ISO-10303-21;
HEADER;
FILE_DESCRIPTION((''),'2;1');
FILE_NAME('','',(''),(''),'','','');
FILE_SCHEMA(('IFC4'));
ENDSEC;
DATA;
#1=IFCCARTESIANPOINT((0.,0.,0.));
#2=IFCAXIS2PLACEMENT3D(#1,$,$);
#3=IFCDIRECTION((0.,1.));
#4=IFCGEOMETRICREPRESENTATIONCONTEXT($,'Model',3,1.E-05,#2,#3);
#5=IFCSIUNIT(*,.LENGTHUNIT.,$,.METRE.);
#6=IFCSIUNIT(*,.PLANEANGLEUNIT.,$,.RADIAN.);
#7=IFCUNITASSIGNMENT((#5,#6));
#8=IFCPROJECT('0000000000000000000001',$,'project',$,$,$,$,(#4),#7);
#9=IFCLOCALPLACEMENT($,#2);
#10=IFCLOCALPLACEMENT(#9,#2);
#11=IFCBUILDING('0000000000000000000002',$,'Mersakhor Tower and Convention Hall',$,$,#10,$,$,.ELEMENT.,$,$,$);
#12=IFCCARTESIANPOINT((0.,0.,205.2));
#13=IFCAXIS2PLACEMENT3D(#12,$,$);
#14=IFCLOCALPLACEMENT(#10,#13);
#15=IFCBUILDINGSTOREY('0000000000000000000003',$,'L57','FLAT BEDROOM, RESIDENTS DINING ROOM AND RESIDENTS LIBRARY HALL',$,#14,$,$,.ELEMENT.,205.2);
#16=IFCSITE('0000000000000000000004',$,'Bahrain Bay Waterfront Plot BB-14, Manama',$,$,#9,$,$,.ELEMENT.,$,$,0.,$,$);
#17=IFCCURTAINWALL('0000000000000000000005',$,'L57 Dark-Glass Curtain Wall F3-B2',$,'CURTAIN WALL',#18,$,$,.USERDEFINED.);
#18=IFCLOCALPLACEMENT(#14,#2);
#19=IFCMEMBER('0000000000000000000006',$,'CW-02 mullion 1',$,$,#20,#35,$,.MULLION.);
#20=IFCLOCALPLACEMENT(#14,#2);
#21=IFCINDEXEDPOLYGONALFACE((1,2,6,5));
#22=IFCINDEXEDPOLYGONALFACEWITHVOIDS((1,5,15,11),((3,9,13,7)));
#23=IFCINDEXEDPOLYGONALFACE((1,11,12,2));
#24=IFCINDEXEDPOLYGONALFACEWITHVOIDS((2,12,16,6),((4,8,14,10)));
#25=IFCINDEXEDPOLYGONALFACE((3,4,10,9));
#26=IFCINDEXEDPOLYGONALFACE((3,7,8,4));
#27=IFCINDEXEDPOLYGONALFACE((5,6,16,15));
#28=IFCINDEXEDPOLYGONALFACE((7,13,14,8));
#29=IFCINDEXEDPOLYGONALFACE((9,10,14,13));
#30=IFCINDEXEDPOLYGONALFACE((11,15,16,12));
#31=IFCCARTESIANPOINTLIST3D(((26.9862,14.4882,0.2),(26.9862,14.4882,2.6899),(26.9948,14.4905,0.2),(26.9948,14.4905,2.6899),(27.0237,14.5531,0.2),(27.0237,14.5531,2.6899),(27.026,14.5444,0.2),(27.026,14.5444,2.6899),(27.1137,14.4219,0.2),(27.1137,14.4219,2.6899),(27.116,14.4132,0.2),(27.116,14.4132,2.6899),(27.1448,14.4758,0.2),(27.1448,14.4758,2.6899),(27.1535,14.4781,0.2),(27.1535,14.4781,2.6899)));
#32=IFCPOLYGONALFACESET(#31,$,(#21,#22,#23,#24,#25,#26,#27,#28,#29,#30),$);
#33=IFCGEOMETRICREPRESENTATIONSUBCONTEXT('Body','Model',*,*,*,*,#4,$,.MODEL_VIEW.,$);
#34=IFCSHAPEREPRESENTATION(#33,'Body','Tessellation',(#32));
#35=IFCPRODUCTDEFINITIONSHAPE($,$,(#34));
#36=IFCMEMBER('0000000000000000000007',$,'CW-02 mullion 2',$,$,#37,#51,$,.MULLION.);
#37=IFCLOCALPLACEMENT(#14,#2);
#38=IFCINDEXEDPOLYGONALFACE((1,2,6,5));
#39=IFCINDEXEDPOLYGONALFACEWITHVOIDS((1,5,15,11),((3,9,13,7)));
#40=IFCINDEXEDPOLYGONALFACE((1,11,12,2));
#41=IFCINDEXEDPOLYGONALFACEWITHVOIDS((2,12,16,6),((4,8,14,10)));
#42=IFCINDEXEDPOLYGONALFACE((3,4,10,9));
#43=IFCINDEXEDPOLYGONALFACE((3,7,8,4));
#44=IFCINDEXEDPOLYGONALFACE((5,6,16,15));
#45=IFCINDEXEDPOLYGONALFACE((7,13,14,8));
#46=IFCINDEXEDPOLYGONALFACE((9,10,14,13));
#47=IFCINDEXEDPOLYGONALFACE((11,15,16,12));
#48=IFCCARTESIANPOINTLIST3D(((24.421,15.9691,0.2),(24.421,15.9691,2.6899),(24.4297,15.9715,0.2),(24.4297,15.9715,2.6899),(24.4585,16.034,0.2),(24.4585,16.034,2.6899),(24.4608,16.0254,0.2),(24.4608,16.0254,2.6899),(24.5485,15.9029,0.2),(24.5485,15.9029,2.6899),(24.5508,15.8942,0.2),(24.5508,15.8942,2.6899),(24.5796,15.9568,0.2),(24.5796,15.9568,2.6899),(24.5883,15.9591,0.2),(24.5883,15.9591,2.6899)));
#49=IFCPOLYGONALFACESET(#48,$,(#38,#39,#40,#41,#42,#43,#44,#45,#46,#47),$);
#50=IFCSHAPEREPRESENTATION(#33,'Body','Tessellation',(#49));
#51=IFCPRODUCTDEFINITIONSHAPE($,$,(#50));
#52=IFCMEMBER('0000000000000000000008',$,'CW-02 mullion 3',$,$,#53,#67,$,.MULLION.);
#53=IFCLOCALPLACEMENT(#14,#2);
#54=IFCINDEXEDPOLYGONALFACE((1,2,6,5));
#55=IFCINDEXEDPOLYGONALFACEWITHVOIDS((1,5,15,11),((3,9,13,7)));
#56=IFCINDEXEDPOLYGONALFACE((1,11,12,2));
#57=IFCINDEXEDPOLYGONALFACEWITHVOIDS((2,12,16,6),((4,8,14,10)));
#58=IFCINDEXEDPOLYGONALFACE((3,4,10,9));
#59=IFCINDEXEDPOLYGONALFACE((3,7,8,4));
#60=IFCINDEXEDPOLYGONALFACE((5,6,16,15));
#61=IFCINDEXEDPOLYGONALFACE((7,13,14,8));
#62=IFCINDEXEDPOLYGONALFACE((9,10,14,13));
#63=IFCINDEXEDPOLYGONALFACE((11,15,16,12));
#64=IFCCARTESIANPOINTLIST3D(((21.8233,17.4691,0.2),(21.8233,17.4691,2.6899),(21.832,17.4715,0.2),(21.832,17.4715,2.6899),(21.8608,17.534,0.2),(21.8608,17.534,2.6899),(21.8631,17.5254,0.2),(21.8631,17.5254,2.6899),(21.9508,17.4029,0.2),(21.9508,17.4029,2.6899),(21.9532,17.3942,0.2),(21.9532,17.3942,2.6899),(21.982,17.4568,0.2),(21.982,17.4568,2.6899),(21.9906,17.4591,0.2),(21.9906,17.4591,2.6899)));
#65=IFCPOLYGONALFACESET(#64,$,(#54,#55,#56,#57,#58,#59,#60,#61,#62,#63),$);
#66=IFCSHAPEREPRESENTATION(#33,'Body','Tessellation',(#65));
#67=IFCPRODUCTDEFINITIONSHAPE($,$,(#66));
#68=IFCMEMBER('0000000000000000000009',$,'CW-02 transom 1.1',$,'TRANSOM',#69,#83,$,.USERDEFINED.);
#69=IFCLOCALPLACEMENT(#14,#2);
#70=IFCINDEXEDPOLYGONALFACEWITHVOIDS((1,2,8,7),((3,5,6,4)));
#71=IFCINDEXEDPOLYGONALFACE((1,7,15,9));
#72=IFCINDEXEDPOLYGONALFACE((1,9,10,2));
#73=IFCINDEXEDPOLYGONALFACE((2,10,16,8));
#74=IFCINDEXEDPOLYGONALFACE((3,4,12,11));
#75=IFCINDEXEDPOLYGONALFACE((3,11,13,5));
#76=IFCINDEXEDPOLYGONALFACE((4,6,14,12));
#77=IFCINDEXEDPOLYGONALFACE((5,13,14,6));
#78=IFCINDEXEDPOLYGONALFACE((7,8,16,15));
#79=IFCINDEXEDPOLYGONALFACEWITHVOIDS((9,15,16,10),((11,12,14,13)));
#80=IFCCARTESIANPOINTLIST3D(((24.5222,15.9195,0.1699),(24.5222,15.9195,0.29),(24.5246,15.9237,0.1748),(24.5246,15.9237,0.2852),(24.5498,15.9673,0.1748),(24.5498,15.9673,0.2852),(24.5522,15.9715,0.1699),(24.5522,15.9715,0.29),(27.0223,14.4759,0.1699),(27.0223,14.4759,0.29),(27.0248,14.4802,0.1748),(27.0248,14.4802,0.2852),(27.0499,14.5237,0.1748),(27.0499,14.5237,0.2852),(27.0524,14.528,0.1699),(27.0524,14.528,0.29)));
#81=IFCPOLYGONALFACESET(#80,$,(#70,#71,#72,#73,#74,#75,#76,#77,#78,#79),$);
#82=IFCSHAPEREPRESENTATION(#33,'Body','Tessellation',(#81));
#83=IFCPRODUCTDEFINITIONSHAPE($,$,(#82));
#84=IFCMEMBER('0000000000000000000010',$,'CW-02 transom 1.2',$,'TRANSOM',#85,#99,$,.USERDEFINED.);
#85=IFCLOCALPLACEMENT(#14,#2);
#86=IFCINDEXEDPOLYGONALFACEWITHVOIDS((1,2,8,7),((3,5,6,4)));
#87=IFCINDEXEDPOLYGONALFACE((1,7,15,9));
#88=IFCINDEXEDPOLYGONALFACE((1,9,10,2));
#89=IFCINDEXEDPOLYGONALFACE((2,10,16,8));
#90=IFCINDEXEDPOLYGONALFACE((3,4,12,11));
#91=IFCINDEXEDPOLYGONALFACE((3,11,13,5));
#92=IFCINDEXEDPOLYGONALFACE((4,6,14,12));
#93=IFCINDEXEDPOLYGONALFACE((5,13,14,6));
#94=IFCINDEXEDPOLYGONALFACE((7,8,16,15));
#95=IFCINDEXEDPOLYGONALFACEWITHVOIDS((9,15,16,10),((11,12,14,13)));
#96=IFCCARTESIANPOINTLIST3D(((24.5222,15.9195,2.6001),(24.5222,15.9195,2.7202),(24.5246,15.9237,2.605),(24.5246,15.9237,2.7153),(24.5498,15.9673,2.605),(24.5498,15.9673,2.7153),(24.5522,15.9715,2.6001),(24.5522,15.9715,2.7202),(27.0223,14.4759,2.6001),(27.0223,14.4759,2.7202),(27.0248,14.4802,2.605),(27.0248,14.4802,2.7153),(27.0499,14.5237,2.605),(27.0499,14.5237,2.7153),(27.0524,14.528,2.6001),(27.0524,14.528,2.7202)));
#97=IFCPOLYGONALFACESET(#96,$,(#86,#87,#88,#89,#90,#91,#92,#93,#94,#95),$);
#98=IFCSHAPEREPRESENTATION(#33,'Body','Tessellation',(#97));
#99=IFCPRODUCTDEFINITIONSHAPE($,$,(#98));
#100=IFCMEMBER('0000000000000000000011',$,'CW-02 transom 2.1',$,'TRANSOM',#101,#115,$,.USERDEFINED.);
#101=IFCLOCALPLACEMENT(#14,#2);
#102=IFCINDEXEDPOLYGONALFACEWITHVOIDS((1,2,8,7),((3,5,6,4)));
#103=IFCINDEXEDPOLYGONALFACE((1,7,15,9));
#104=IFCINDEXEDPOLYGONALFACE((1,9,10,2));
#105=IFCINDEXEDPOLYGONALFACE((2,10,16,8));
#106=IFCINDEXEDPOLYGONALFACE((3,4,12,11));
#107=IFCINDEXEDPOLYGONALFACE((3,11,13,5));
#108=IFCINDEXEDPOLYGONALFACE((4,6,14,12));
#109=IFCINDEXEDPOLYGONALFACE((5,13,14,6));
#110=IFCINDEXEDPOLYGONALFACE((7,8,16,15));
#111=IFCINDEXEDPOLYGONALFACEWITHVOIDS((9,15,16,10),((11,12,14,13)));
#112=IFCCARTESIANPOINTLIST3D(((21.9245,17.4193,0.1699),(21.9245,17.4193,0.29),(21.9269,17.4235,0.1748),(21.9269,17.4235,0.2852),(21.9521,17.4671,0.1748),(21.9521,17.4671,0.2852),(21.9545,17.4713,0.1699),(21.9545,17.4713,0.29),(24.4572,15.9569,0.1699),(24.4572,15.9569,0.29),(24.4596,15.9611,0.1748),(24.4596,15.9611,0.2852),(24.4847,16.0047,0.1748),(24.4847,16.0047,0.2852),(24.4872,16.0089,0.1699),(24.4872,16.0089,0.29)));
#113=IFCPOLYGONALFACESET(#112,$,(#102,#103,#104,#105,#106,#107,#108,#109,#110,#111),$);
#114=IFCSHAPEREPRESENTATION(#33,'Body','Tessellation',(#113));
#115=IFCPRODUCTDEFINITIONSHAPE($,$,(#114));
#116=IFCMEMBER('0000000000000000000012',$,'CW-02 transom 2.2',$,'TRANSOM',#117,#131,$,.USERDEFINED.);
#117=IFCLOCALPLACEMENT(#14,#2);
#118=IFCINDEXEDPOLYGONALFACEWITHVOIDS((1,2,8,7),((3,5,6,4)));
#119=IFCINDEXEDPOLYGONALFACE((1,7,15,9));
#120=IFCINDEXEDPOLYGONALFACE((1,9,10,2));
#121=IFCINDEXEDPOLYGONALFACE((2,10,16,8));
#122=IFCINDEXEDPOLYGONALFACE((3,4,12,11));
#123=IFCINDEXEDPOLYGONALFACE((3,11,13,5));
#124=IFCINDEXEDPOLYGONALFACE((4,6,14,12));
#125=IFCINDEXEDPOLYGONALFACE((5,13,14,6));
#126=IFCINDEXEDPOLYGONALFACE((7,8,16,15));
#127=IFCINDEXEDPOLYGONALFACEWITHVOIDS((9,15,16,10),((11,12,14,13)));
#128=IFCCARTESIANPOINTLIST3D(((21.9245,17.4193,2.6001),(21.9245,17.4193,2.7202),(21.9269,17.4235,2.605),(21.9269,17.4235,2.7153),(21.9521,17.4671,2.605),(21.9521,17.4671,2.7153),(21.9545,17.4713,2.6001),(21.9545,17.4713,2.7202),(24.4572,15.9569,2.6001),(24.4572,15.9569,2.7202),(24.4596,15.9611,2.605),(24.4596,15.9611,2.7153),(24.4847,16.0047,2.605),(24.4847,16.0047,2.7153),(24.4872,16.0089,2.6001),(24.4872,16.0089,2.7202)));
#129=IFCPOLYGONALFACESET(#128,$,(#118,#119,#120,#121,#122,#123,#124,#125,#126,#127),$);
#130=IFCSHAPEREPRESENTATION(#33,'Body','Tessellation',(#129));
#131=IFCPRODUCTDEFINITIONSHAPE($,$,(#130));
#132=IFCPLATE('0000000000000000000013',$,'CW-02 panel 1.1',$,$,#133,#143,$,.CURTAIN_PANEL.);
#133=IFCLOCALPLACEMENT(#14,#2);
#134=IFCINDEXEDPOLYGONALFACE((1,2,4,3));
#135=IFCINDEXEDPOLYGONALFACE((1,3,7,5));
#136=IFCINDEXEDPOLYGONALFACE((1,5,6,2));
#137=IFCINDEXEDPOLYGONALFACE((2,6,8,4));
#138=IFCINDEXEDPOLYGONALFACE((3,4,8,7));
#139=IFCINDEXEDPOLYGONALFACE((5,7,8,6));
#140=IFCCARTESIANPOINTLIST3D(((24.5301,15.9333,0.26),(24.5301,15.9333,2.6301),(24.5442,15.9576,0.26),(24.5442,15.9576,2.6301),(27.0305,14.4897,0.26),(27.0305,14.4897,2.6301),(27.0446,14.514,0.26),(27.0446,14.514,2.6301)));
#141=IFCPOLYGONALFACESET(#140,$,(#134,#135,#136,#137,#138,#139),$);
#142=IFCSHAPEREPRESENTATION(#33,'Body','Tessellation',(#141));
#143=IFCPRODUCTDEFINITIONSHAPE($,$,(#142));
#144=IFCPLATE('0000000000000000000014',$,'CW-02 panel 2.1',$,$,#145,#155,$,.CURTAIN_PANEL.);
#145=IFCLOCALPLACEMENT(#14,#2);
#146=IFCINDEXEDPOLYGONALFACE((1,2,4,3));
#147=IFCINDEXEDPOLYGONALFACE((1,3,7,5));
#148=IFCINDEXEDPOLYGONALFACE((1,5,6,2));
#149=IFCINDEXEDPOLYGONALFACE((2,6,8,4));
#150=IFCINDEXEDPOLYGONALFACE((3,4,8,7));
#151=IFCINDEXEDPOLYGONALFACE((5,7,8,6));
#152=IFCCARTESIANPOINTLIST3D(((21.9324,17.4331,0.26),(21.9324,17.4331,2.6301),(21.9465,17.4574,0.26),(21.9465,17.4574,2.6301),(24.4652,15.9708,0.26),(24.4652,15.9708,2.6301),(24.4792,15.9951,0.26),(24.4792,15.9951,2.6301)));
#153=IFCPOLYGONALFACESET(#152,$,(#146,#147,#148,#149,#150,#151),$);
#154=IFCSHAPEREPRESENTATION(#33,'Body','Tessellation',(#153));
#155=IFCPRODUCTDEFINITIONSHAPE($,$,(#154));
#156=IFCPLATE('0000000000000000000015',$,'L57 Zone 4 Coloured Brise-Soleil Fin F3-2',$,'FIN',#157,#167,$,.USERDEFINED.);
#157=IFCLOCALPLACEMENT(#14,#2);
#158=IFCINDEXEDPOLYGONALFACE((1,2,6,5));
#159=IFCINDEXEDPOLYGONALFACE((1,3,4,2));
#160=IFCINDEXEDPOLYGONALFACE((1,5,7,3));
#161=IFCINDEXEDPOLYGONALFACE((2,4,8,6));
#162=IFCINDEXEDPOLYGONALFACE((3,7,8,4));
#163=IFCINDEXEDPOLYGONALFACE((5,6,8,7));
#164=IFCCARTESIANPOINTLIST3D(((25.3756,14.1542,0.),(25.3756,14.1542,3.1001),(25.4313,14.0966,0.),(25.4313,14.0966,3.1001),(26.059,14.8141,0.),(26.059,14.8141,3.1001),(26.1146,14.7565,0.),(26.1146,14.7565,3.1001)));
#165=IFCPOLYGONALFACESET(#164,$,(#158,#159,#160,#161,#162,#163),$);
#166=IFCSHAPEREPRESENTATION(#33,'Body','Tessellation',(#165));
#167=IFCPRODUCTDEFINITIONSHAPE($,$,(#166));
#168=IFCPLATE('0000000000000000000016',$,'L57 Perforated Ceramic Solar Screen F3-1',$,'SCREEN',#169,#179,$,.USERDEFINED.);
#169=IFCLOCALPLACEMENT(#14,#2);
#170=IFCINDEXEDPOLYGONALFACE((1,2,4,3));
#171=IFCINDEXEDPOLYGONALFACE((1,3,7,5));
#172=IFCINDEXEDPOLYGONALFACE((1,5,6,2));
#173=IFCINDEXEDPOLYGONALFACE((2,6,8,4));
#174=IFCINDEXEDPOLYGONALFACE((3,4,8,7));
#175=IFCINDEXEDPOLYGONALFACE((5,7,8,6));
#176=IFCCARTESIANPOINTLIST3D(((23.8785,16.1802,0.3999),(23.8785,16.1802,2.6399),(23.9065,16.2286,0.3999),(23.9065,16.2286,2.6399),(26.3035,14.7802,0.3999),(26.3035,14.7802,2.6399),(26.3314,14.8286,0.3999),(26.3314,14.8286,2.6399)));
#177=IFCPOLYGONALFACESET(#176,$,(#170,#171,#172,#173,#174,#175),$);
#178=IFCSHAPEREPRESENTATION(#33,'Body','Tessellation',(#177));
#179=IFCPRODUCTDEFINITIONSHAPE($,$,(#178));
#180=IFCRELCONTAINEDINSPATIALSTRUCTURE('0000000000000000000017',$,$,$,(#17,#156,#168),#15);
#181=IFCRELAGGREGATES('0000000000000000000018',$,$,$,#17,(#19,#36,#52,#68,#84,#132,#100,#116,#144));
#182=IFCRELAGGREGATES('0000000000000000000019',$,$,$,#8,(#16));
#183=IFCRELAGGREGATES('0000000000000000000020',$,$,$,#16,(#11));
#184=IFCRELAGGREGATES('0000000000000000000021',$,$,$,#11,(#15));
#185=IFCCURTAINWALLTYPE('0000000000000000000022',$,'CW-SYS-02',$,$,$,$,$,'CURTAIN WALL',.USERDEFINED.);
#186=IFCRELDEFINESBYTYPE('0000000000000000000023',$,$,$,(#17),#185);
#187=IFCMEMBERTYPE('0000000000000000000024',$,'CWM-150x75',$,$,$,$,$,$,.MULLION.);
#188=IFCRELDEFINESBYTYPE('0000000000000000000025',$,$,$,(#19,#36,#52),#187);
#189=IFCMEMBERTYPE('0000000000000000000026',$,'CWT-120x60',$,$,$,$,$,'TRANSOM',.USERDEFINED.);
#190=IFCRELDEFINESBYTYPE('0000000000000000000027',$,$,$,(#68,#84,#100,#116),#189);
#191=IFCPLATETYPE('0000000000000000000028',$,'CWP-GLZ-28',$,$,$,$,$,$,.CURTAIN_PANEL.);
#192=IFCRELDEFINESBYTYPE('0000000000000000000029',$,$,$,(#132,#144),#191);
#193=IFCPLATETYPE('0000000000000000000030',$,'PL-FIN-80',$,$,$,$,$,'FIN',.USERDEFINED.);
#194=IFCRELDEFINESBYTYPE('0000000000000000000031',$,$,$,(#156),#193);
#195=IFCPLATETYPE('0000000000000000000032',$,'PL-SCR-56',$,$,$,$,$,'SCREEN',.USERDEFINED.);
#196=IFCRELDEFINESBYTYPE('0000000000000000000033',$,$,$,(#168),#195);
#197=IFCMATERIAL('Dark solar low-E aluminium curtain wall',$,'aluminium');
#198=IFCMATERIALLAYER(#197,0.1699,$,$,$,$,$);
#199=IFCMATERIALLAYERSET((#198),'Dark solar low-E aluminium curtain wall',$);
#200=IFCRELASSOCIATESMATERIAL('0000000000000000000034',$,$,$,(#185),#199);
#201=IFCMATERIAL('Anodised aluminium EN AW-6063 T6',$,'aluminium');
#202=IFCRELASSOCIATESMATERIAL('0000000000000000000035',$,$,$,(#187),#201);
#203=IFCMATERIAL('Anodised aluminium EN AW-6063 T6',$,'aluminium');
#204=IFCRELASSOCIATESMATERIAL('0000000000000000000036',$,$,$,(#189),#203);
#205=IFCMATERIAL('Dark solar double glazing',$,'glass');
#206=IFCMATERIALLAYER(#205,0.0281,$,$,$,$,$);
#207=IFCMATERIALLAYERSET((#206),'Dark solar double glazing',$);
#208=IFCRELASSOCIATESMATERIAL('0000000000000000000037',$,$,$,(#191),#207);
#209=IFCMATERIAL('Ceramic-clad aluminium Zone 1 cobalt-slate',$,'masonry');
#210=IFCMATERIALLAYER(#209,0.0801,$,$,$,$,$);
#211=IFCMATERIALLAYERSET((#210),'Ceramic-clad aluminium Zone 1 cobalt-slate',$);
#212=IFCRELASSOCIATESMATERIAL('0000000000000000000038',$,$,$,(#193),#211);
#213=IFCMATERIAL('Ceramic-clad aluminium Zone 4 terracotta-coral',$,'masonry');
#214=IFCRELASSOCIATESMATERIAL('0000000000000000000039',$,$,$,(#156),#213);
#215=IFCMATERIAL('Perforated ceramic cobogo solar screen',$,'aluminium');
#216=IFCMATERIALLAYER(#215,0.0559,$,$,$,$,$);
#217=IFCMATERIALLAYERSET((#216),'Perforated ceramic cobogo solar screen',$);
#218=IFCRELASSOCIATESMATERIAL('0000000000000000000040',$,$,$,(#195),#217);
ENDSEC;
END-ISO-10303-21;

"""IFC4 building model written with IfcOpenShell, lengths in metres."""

from ifc_helpers import new_model, si_unit, direction, frame, origin, origin_2d, place, context, subcontext, project, spatial, rectangle, hollow_rectangle, extrude, material, layer, layer_set, material_profile, profile_set, type_object, element, aggregate, save


model = new_model("IFC4")

# Units and contexts
model_context = context("Model", 3, precision=1e-05, world=origin(), true_north=direction((0.0, 1.0)))
body_context = subcontext(model_context, "Body", "Model", "MODEL_VIEW")
ifc_project = project(units=[si_unit("LENGTHUNIT", "METRE"), si_unit("PLANEANGLEUNIT", "RADIAN")], contexts=[model_context])

# Site, building, storey
site_placement = place(None, origin())
site = spatial("IfcSite", under=ifc_project, at=site_placement, Name="Bahrain Bay Waterfront Plot BB-14, Manama", CompositionType="ELEMENT", RefElevation=0.0)
building_placement = place(site_placement, origin())
building = spatial("IfcBuilding", under=site, at=building_placement, Name="Mersakhor Tower and Convention Hall", CompositionType="ELEMENT")
storey_placement = place(building_placement, frame((0.0, 0.0, 205.2)))
storey = spatial("IfcBuildingStorey", under=building, at=storey_placement, Name="L57", Description="FLAT BEDROOM, RESIDENTS DINING ROOM AND RESIDENTS LIBRARY HALL", CompositionType="ELEMENT", Elevation=205.2)

# Curtain wall, members, plates
ifc_material_1 = material(Name="Dark solar low-E aluminium curtain wall", Category="aluminium")
ifc_layer_1 = layer(ifc_material_1, 0.1699)
ifc_layer_set_1 = layer_set([ifc_layer_1], Name="Dark solar low-E aluminium curtain wall")
curtain_wall_type = type_object("IfcCurtainWallType", Name="CW-SYS-02", ElementType="CURTAIN WALL", PredefinedType="USERDEFINED", material=ifc_layer_set_1)
curtain_wall_placement = place(storey_placement, origin())
curtain_wall = element("IfcCurtainWall", 1, at=curtain_wall_placement, inside=storey, type_object=curtain_wall_type, Name="L57 Dark-Glass Curtain Wall F3-B2", ObjectType="CURTAIN WALL", PredefinedType="USERDEFINED")
ifc_material_2 = material(Name="Anodised aluminium EN AW-6063 T6", Category="aluminium")
ifc_material_profile_1 = material_profile(ifc_material_2, hollow_rectangle(XDim=0.075, YDim=0.1499, WallThickness=0.0063, at=origin_2d()), Name="RHS 150x75x6.3")
ifc_profile_set_1 = profile_set([ifc_material_profile_1], Name="Anodised aluminium EN AW-6063 T6")
member_type_1 = type_object("IfcMemberType", Name="CWM-150x75", PredefinedType="MULLION", material=ifc_profile_set_1)
member_1_placement = place(storey_placement, frame((27.0698, 14.4832, 0.2), z_axis=(0.0, 0.0, 1.0), x_axis=(-0.500008, -0.866021, 0.0)))
member_1 = element("IfcMember", 2, at=member_1_placement, type_object=member_type_1, Name="CW-02 mullion 1", PredefinedType="MULLION", context=body_context, shape_type="SweptSolid", body=[
    extrude(hollow_rectangle(XDim=0.075, YDim=0.1499, WallThickness=0.0063, at=origin_2d()), origin(), (0.0, 0.0, 1.0), 2.49),
])
member_2_placement = place(storey_placement, frame((24.5046, 15.9641, 0.2), z_axis=(0.0, 0.0, 1.0), x_axis=(-0.500008, -0.866021, 0.0)))
member_2 = element("IfcMember", 3, at=member_2_placement, type_object=member_type_1, Name="CW-02 mullion 2", PredefinedType="MULLION", context=body_context, shape_type="SweptSolid", body=[
    extrude(hollow_rectangle(XDim=0.075, YDim=0.1499, WallThickness=0.0063, at=origin_2d()), origin(), (0.0, 0.0, 1.0), 2.49),
])
member_3_placement = place(storey_placement, frame((21.907, 17.4641, 0.2), z_axis=(0.0, 0.0, 1.0), x_axis=(-0.500008, -0.866021, 0.0)))
member_3 = element("IfcMember", 4, at=member_3_placement, type_object=member_type_1, Name="CW-02 mullion 3", PredefinedType="MULLION", context=body_context, shape_type="SweptSolid", body=[
    extrude(hollow_rectangle(XDim=0.075, YDim=0.1499, WallThickness=0.0063, at=origin_2d()), origin(), (0.0, 0.0, 1.0), 2.49),
])
ifc_material_3 = material(Name="Anodised aluminium EN AW-6063 T6", Category="aluminium")
ifc_material_profile_2 = material_profile(ifc_material_3, hollow_rectangle(XDim=0.0601, YDim=0.1201, WallThickness=0.0049, at=origin_2d()), Name="RHS 120x60x5")
ifc_profile_set_2 = profile_set([ifc_material_profile_2], Name="Anodised aluminium EN AW-6063 T6")
member_type_2 = type_object("IfcMemberType", Name="CWT-120x60", ElementType="TRANSOM", PredefinedType="USERDEFINED", material=ifc_profile_set_2)
member_4_placement = place(storey_placement, frame((27.0374, 14.502, 0.23), z_axis=(-0.866012, 0.500023, 0.0), x_axis=(-0.500023, -0.866012, 0.0)))
member_4 = element("IfcMember", 5, at=member_4_placement, type_object=member_type_2, Name="CW-02 transom 1.1", ObjectType="TRANSOM", PredefinedType="USERDEFINED", context=body_context, shape_type="SweptSolid", body=[
    extrude(hollow_rectangle(XDim=0.0601, YDim=0.1201, WallThickness=0.0049, at=origin_2d()), origin(), (0.0, 0.0, 1.0), 2.887),
])
member_5_placement = place(storey_placement, frame((27.0374, 14.502, 2.6602), z_axis=(-0.866012, 0.500023, 0.0), x_axis=(-0.500023, -0.866012, 0.0)))
member_5 = element("IfcMember", 6, at=member_5_placement, type_object=member_type_2, Name="CW-02 transom 1.2", ObjectType="TRANSOM", PredefinedType="USERDEFINED", context=body_context, shape_type="SweptSolid", body=[
    extrude(hollow_rectangle(XDim=0.0601, YDim=0.1201, WallThickness=0.0049, at=origin_2d()), origin(), (0.0, 0.0, 1.0), 2.887),
])
member_6_placement = place(storey_placement, frame((24.4722, 15.9829, 0.23), z_axis=(-0.866005, 0.500036, 0.0), x_axis=(-0.500036, -0.866005, 0.0)))
member_6 = element("IfcMember", 7, at=member_6_placement, type_object=member_type_2, Name="CW-02 transom 2.1", ObjectType="TRANSOM", PredefinedType="USERDEFINED", context=body_context, shape_type="SweptSolid", body=[
    extrude(hollow_rectangle(XDim=0.0601, YDim=0.1201, WallThickness=0.0049, at=origin_2d()), origin(), (0.0, 0.0, 1.0), 2.9246),
])
member_7_placement = place(storey_placement, frame((24.4722, 15.9829, 2.6602), z_axis=(-0.866005, 0.500036, 0.0), x_axis=(-0.500036, -0.866005, 0.0)))
member_7 = element("IfcMember", 8, at=member_7_placement, type_object=member_type_2, Name="CW-02 transom 2.2", ObjectType="TRANSOM", PredefinedType="USERDEFINED", context=body_context, shape_type="SweptSolid", body=[
    extrude(hollow_rectangle(XDim=0.0601, YDim=0.1201, WallThickness=0.0049, at=origin_2d()), origin(), (0.0, 0.0, 1.0), 2.9246),
])
ifc_material_4 = material(Name="Dark solar double glazing", Category="glass")
ifc_layer_2 = layer(ifc_material_4, 0.0281)
ifc_layer_set_2 = layer_set([ifc_layer_2], Name="Dark solar double glazing")
plate_type_1 = type_object("IfcPlateType", Name="CWP-GLZ-28", PredefinedType="CURTAIN_PANEL", material=ifc_layer_set_2)
plate_1_placement = place(storey_placement, frame((25.7874, 15.2236, 0.26), z_axis=(0.0, 0.0, 1.0), x_axis=(-0.866021, 0.500008, 0.0)))
plate_1 = element("IfcPlate", 9, at=plate_1_placement, type_object=plate_type_1, Name="CW-02 panel 1.1", PredefinedType="CURTAIN_PANEL", context=body_context, shape_type="SweptSolid", body=[
    extrude(rectangle(XDim=2.8872, YDim=0.0281, at=origin_2d()), origin(), (0.0, 0.0, 1.0), 2.3701),
])
plate_2_placement = place(storey_placement, frame((23.2058, 16.7141, 0.26), z_axis=(0.0, 0.0, 1.0), x_axis=(-0.866021, 0.500008, 0.0)))
plate_2 = element("IfcPlate", 10, at=plate_2_placement, type_object=plate_type_1, Name="CW-02 panel 2.1", PredefinedType="CURTAIN_PANEL", context=body_context, shape_type="SweptSolid", body=[
    extrude(rectangle(XDim=2.9246, YDim=0.0281, at=origin_2d()), origin(), (0.0, 0.0, 1.0), 2.3701),
])
aggregate(curtain_wall, [member_1, member_2, member_3, member_4, member_5, plate_1, member_6, member_7, plate_2])

# Plates
ifc_material_5 = material(Name="Ceramic-clad aluminium Zone 4 terracotta-coral", Category="masonry")
ifc_material_6 = material(Name="Ceramic-clad aluminium Zone 1 cobalt-slate", Category="masonry")
ifc_layer_3 = layer(ifc_material_6, 0.0801)
ifc_layer_set_3 = layer_set([ifc_layer_3], Name="Ceramic-clad aluminium Zone 1 cobalt-slate")
plate_type_2 = type_object("IfcPlateType", Name="PL-FIN-80", ElementType="FIN", PredefinedType="USERDEFINED", material=ifc_layer_set_3)
plate_3_placement = place(storey_placement, frame((25.7451, 14.4553, 0.0), z_axis=(0.0, 0.0, 1.0), x_axis=(-0.71934, -0.694658, 0.0)))
element("IfcPlate", 11, at=plate_3_placement, inside=storey, type_object=plate_type_2, material=ifc_material_5, Name="L57 Zone 4 Coloured Brise-Soleil Fin F3-2", ObjectType="FIN", PredefinedType="USERDEFINED", context=body_context, shape_type="SweptSolid", body=[
    extrude(rectangle(XDim=0.95, YDim=0.0801, at=origin_2d()), origin(), (0.0, 0.0, 1.0), 3.1001),
])
ifc_material_7 = material(Name="Perforated ceramic cobogo solar screen", Category="aluminium")
ifc_layer_4 = layer(ifc_material_7, 0.0559)
ifc_layer_set_4 = layer_set([ifc_layer_4], Name="Perforated ceramic cobogo solar screen")
plate_type_3 = type_object("IfcPlateType", Name="PL-SCR-56", ElementType="SCREEN", PredefinedType="USERDEFINED", material=ifc_layer_set_4)
plate_4_placement = place(storey_placement, frame((25.105, 15.5044, 0.3999), z_axis=(0.0, 0.0, 1.0), x_axis=(-0.866025, 0.5, 0.0)))
element("IfcPlate", 12, at=plate_4_placement, inside=storey, type_object=plate_type_3, Name="L57 Perforated Ceramic Solar Screen F3-1", ObjectType="SCREEN", PredefinedType="USERDEFINED", context=body_context, shape_type="SweptSolid", body=[
    extrude(rectangle(XDim=2.8, YDim=0.0559, at=origin_2d()), origin(), (0.0, 0.0, 1.0), 2.24),
])

save(model, "model.ifc")
